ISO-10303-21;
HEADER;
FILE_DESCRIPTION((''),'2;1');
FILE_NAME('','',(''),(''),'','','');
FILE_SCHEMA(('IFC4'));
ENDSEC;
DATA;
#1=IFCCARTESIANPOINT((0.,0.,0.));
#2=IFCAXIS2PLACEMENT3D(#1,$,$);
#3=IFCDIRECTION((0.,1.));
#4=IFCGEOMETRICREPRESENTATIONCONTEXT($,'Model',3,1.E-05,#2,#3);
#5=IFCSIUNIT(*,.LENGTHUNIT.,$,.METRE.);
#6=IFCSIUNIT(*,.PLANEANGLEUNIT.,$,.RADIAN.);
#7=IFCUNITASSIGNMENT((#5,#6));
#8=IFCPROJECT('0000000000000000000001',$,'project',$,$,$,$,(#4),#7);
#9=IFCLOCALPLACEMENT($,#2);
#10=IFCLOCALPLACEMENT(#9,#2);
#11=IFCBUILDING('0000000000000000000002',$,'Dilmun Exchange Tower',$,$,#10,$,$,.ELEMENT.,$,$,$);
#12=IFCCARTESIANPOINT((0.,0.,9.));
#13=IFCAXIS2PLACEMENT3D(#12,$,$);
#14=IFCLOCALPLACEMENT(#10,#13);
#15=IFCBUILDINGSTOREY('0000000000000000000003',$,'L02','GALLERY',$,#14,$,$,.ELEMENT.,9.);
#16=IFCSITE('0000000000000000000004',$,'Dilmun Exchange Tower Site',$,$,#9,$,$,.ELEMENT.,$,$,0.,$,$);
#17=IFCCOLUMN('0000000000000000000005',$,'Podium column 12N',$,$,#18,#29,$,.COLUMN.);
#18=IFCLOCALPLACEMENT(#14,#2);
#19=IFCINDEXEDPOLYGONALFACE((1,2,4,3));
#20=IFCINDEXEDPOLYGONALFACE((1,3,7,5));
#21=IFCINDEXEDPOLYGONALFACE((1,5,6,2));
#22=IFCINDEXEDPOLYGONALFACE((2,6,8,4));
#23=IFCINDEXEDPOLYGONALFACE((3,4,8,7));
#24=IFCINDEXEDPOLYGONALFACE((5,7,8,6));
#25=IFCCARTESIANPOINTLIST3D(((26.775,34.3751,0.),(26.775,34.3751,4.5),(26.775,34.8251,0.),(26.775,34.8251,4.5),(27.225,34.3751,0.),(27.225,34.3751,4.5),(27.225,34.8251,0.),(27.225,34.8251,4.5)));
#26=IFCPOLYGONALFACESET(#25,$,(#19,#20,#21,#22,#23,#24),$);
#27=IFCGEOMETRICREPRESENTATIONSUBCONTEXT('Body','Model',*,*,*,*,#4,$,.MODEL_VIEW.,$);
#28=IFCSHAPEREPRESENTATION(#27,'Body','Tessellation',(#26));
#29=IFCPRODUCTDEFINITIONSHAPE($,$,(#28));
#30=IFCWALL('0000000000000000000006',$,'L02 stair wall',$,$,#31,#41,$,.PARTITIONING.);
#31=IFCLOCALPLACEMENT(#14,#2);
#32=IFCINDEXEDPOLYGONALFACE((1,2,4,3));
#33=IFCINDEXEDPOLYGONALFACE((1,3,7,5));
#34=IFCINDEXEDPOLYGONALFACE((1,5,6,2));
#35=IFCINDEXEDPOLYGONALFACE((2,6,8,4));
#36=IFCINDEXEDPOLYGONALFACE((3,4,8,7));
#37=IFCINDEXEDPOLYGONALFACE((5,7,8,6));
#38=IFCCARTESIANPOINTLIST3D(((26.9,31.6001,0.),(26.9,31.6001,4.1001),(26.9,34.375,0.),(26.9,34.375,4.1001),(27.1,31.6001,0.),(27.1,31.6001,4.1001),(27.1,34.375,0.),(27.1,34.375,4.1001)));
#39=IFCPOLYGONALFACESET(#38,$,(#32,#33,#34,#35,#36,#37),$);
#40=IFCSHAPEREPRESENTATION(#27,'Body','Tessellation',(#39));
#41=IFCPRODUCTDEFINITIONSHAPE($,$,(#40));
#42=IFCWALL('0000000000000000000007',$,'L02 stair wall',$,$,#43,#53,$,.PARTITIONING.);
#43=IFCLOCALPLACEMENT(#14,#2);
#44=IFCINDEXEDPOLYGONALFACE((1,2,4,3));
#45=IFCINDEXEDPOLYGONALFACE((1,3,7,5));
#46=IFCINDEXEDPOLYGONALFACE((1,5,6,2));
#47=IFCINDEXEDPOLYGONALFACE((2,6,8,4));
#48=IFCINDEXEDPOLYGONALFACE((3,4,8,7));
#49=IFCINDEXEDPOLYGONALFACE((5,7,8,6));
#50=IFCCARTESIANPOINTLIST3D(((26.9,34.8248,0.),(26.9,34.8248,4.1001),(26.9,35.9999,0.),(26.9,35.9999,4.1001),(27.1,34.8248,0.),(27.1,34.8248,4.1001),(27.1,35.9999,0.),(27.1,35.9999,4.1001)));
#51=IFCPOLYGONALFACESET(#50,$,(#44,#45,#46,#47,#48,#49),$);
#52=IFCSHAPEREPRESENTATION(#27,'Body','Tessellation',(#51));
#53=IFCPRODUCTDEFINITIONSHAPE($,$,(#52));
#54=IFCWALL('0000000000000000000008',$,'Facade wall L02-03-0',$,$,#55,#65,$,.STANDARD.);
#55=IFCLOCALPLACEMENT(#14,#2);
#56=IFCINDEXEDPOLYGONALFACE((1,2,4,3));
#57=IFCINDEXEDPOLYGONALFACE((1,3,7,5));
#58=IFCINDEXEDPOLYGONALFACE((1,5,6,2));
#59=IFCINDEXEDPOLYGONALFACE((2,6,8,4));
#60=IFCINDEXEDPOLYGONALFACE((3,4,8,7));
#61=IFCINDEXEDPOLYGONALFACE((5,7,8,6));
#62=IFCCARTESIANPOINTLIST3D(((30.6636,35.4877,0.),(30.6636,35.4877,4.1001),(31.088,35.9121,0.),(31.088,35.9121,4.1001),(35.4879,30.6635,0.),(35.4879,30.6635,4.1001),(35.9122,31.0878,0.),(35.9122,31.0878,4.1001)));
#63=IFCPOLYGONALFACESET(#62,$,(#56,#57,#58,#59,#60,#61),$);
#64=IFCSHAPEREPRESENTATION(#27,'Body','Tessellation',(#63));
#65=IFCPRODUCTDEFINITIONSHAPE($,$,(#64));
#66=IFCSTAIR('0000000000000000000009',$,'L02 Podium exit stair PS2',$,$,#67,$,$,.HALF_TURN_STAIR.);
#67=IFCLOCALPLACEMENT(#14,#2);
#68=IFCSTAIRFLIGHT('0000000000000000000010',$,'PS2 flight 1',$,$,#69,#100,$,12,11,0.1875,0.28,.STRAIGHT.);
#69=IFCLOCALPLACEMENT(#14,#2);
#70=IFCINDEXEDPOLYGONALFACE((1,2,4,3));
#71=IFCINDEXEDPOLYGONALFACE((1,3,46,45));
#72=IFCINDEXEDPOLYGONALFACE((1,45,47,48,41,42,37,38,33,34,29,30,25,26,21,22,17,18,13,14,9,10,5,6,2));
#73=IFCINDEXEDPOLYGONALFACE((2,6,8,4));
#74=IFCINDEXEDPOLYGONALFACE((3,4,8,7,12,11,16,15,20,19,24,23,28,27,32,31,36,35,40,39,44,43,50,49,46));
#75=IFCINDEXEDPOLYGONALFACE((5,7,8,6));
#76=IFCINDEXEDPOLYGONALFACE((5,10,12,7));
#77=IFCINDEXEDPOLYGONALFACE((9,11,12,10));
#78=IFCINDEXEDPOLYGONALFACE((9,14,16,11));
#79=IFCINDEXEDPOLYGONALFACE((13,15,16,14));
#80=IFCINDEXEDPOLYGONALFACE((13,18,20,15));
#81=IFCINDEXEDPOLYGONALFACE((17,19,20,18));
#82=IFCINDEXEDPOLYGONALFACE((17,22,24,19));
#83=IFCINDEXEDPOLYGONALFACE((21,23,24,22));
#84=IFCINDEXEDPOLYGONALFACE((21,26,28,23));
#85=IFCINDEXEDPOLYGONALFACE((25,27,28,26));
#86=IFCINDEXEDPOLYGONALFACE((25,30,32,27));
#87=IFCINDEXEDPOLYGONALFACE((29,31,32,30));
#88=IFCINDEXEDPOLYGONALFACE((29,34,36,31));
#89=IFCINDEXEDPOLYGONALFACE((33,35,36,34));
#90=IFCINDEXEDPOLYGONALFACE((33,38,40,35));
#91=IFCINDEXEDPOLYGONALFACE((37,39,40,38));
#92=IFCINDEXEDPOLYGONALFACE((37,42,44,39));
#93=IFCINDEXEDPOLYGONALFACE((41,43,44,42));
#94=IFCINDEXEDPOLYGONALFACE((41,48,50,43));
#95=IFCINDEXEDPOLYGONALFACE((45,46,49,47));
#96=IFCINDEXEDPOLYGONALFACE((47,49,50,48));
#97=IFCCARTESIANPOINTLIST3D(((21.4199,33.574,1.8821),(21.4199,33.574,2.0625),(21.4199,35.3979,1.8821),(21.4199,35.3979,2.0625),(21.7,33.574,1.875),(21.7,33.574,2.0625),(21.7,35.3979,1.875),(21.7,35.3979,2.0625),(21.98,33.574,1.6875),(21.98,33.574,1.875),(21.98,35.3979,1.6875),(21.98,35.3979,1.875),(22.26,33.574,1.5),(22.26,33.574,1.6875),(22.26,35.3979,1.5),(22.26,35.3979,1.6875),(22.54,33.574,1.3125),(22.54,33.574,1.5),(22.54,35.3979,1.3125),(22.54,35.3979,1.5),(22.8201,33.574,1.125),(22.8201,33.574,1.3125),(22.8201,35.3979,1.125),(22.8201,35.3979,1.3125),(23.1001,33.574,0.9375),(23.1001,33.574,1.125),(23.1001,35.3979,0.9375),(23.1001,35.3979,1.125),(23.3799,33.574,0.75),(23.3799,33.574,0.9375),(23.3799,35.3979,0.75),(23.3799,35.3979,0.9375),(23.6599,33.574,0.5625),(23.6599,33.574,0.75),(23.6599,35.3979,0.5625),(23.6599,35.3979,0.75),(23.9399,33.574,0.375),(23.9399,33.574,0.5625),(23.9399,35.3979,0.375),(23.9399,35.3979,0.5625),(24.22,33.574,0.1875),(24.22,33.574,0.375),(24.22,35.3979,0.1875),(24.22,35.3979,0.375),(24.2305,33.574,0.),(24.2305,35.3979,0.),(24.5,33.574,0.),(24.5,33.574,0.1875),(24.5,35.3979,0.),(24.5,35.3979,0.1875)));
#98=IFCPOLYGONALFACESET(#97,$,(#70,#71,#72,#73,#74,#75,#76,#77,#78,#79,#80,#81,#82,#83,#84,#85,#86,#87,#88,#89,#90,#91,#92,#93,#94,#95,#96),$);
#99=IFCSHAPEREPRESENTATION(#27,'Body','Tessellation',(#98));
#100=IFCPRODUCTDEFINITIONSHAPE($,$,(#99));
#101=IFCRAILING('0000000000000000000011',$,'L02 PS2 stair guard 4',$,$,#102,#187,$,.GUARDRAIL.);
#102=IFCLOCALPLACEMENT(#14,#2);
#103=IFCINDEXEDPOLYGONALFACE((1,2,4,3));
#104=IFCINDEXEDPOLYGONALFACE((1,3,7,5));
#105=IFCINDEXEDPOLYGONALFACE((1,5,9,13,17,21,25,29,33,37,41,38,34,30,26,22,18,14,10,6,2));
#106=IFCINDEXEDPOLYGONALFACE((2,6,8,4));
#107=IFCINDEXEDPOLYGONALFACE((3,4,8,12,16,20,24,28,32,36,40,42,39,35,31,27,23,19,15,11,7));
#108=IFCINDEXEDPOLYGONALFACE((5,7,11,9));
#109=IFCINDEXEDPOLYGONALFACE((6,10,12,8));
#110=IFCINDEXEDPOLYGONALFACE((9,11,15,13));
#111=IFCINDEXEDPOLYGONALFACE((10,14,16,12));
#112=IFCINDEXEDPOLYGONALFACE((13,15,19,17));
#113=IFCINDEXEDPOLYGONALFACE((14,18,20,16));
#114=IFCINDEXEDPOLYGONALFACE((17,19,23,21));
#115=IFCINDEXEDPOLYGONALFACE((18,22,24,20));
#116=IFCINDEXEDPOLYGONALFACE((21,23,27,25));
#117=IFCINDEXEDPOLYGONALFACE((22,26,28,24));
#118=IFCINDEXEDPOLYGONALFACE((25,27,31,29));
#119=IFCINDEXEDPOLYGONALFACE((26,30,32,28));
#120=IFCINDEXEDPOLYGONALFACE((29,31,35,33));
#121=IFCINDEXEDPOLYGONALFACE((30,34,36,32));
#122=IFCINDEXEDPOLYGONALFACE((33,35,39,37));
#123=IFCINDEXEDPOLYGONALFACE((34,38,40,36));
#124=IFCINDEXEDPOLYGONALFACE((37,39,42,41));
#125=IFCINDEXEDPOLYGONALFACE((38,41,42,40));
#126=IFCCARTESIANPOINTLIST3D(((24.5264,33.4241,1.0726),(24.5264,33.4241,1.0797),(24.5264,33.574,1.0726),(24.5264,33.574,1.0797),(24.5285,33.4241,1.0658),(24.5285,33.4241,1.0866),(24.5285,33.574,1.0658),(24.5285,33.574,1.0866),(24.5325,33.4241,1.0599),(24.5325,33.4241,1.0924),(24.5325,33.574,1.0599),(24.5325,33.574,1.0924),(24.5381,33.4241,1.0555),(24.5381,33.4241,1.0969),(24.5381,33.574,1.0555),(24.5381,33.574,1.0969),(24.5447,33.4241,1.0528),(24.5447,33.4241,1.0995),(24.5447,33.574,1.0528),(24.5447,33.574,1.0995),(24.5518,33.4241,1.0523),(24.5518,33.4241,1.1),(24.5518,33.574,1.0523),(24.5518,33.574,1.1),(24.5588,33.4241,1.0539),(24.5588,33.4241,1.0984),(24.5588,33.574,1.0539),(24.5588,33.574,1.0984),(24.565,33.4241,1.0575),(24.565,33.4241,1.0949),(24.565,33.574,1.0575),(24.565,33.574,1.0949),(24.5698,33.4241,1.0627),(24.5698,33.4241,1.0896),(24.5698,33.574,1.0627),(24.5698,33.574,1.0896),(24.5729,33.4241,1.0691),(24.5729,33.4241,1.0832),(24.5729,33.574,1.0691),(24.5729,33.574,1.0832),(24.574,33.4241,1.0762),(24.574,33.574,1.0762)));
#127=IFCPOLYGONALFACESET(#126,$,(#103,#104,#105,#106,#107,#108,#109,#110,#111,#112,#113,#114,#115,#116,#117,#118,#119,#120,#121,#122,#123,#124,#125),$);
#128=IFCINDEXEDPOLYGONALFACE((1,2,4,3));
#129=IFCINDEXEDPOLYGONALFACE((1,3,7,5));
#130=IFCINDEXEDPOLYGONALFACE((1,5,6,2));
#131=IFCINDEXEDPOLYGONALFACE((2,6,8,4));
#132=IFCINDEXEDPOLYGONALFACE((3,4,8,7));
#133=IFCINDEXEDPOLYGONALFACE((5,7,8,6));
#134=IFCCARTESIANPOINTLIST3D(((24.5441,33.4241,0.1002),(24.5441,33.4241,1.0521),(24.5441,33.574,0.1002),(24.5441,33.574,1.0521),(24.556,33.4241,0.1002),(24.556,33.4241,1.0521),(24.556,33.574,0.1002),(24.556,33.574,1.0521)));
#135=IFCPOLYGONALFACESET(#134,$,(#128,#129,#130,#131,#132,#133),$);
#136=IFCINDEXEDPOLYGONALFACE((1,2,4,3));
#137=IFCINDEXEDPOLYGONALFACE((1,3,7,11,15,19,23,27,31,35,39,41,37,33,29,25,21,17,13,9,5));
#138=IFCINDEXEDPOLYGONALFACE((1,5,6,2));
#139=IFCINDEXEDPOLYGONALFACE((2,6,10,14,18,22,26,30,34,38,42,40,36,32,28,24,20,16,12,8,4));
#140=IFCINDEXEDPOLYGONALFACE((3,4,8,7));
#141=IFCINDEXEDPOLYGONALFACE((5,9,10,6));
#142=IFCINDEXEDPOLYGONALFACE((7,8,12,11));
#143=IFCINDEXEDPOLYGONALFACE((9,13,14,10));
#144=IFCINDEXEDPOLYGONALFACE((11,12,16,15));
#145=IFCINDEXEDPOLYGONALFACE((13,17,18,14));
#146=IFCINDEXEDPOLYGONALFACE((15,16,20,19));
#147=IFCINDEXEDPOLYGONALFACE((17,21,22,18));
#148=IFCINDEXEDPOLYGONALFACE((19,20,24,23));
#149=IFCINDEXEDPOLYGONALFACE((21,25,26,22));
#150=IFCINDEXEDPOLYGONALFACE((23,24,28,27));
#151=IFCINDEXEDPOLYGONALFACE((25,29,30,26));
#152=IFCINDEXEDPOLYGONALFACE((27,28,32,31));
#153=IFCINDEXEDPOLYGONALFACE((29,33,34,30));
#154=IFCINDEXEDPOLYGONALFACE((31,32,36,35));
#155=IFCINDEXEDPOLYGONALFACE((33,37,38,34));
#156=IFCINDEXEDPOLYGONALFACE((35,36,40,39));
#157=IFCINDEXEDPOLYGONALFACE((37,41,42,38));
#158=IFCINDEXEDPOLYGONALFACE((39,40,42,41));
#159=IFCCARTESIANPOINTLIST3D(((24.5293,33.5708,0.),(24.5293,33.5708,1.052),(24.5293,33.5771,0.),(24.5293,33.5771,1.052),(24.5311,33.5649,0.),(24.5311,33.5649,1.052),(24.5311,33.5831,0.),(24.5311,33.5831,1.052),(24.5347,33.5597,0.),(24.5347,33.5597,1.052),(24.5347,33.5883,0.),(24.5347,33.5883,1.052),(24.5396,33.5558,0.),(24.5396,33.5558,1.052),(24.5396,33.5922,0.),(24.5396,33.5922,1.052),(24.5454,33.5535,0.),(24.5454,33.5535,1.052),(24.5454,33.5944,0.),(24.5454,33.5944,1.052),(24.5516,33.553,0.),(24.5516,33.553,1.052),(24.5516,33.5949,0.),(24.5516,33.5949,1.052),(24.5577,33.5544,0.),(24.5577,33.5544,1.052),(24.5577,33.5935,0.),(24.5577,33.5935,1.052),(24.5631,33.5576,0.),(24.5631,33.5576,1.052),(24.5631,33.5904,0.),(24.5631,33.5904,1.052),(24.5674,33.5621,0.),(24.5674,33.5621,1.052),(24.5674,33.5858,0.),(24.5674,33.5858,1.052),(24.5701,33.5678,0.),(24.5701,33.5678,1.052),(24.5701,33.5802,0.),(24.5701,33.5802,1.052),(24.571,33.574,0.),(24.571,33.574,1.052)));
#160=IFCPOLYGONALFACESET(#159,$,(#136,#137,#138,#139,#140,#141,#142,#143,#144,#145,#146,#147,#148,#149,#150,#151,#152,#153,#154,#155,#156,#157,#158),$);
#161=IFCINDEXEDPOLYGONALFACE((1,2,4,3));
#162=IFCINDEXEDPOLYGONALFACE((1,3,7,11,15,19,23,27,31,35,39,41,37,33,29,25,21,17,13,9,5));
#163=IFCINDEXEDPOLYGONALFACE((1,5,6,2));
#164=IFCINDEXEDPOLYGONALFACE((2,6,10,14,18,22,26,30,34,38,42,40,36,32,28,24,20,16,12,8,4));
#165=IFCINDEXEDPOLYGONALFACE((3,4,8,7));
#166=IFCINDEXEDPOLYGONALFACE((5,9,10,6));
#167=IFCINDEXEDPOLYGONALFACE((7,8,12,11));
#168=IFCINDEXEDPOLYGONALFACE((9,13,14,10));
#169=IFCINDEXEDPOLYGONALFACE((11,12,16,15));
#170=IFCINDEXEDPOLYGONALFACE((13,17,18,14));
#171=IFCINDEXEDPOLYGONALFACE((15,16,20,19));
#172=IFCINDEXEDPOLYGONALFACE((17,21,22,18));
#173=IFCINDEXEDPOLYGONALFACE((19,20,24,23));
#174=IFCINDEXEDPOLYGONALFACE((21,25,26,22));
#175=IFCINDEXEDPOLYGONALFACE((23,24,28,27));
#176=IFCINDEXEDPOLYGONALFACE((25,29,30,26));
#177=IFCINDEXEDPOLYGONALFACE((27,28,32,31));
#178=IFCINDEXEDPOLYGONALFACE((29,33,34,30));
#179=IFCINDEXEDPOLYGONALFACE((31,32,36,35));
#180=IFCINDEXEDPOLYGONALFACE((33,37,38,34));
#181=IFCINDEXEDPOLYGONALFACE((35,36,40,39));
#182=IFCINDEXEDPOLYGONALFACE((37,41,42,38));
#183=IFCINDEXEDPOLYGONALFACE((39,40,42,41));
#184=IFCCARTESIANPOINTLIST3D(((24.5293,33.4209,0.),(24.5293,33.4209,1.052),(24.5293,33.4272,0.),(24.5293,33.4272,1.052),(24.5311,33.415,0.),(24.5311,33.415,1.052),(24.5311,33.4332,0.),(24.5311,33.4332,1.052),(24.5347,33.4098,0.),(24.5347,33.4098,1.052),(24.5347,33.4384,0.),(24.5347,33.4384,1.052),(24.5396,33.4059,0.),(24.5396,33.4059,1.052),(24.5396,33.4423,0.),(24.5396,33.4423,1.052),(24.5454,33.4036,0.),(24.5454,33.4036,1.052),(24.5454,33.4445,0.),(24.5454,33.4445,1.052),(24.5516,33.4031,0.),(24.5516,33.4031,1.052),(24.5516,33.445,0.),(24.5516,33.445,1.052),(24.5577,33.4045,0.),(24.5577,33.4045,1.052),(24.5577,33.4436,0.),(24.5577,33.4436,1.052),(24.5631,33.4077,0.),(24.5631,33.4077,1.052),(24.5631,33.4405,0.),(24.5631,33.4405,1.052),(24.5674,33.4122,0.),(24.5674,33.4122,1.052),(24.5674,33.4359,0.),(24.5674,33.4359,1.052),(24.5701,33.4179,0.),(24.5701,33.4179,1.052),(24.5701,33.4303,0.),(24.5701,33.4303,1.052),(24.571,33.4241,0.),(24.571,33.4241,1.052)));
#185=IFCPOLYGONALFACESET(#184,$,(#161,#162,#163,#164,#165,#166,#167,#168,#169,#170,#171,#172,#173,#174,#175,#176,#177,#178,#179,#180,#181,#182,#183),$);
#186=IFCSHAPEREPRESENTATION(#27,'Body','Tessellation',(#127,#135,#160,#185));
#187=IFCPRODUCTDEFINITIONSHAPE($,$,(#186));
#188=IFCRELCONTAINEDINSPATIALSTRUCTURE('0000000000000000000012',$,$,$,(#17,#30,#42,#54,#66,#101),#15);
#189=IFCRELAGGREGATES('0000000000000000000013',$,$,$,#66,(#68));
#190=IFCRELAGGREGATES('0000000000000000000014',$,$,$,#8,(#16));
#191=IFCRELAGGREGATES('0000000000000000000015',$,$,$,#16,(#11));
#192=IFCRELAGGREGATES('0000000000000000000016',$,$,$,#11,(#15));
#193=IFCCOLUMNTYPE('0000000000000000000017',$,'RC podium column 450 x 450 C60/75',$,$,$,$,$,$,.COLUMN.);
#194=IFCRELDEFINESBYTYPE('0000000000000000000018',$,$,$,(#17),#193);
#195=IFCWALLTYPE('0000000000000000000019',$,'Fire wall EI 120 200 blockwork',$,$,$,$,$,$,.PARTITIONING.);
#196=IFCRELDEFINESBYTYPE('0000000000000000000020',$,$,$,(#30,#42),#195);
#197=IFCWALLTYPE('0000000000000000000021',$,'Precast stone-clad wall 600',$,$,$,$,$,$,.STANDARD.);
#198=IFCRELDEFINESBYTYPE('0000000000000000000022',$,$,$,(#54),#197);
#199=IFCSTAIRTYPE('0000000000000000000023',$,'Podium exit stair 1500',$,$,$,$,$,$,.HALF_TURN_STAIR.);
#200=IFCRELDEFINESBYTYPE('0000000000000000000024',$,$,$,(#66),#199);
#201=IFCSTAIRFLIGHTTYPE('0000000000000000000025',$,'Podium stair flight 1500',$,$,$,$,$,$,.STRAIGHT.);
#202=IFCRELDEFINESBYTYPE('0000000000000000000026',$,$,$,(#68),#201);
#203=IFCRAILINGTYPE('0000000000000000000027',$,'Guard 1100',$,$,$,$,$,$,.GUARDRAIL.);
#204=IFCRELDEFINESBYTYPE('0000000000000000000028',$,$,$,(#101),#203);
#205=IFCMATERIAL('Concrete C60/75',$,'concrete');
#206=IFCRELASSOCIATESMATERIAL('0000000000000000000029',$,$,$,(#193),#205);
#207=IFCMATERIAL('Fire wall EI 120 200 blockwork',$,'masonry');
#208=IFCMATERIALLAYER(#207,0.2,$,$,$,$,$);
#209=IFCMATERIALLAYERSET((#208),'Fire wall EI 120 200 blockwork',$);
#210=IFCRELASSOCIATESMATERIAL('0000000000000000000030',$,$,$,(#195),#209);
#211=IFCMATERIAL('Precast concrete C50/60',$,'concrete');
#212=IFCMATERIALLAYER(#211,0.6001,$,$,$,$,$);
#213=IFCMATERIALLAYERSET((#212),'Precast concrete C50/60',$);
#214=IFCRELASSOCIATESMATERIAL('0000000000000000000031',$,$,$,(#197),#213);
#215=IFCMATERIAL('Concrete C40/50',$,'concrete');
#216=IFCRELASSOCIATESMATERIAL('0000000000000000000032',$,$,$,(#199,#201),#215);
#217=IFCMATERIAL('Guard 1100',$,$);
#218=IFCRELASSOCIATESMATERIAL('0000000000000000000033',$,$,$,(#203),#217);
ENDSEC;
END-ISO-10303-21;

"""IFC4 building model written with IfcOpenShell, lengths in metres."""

from ifc_helpers import new_model, si_unit, direction, frame, frame_2d, origin, origin_2d, place, context, subcontext, project, spatial, polyline, rectangle, circle, outline, extrude, material, layer, layer_set, material_profile, profile_set, type_object, element, aggregate, save


model = new_model("IFC4")

# Units and contexts
model_context = context("Model", 3, precision=1e-05, world=origin(), true_north=direction((0.0, 1.0)))
body_context = subcontext(model_context, "Body", "Model", "MODEL_VIEW")
ifc_project = project(units=[si_unit("LENGTHUNIT", "METRE"), si_unit("PLANEANGLEUNIT", "RADIAN")], contexts=[model_context])

# Site, building, storey
site_placement = place(None, origin())
site = spatial("IfcSite", under=ifc_project, at=site_placement, Name="Dilmun Exchange Tower Site", CompositionType="ELEMENT", RefElevation=0.0)
building_placement = place(site_placement, origin())
building = spatial("IfcBuilding", under=site, at=building_placement, Name="Dilmun Exchange Tower", CompositionType="ELEMENT")
storey_placement = place(building_placement, frame((0.0, 0.0, 9.0)))
storey = spatial("IfcBuildingStorey", under=building, at=storey_placement, Name="L02", Description="GALLERY", CompositionType="ELEMENT", Elevation=9.0)

# Column
ifc_material_1 = material(Name="Concrete C60/75", Category="concrete")
ifc_material_profile = material_profile(ifc_material_1, rectangle(XDim=0.45, YDim=0.45, at=origin_2d()), Name="450 x 450")
ifc_profile_set = profile_set([ifc_material_profile], Name="Concrete C60/75")
column_type = type_object("IfcColumnType", Name="RC podium column 450 x 450 C60/75", PredefinedType="COLUMN", material=ifc_profile_set)
column_placement = place(storey_placement, frame((27.0, 34.6001, 0.0), z_axis=(0.0, 0.0, 1.0), x_axis=(1.0, 0.0, 0.0)))
element("IfcColumn", 1, at=column_placement, inside=storey, type_object=column_type, Name="Podium column 12N", PredefinedType="COLUMN", context=body_context, shape_type="SweptSolid", body=[
    extrude(rectangle(XDim=0.45, YDim=0.45, at=origin_2d()), origin(), (0.0, 0.0, 1.0), 4.5),
])

# Walls
ifc_material_2 = material(Name="Fire wall EI 120 200 blockwork", Category="masonry")
ifc_layer_1 = layer(ifc_material_2, 0.2)
ifc_layer_set_1 = layer_set([ifc_layer_1], Name="Fire wall EI 120 200 blockwork")
wall_type_1 = type_object("IfcWallType", Name="Fire wall EI 120 200 blockwork", PredefinedType="PARTITIONING", material=ifc_layer_set_1)
wall_1_placement = place(storey_placement, frame((27.0, 31.6001, 0.0), z_axis=(0.0, 0.0, 1.0), x_axis=(0.0, 1.0, 0.0)))
element("IfcWall", 2, at=wall_1_placement, inside=storey, type_object=wall_type_1, Name="L02 stair wall", PredefinedType="PARTITIONING", context=body_context, shape_type="SweptSolid", body=[
    extrude(rectangle(XDim=2.7749, YDim=0.2, at=frame_2d((1.3875, 0.0))), origin(), (0.0, 0.0, 1.0), 4.1001),
])
wall_2_placement = place(storey_placement, frame((27.0, 34.825, 0.0), z_axis=(0.0, 0.0, 1.0), x_axis=(0.0, 1.0, 0.0)))
element("IfcWall", 3, at=wall_2_placement, inside=storey, type_object=wall_type_1, Name="L02 stair wall", PredefinedType="PARTITIONING", context=body_context, shape_type="SweptSolid", body=[
    extrude(rectangle(XDim=1.175, YDim=0.2, at=frame_2d((0.5874, 0.0))), origin(), (0.0, 0.0, 1.0), 4.1001),
])
ifc_material_3 = material(Name="Precast concrete C50/60", Category="concrete")
ifc_layer_2 = layer(ifc_material_3, 0.6001)
ifc_layer_set_2 = layer_set([ifc_layer_2], Name="Precast concrete C50/60")
wall_type_2 = type_object("IfcWallType", Name="Precast stone-clad wall 600", PredefinedType="STANDARD", material=ifc_layer_set_2)
wall_3_placement = place(storey_placement, frame((35.7, 30.8757, 0.0), z_axis=(0.0, 0.0, 1.0), x_axis=(-0.707107, 0.707107, 0.0)))
element("IfcWall", 4, at=wall_3_placement, inside=storey, type_object=wall_type_2, Name="Facade wall L02-03-0", PredefinedType="STANDARD", context=body_context, shape_type="SweptSolid", body=[
    extrude(rectangle(XDim=6.8225, YDim=0.6001, at=frame_2d((3.4111, 0.0))), origin(), (0.0, 0.0, 1.0), 4.1001),
])

# Stair, stair flight
ifc_material_4 = material(Name="Concrete C40/50", Category="concrete")
stair_type = type_object("IfcStairType", Name="Podium exit stair 1500", PredefinedType="HALF_TURN_STAIR", material=ifc_material_4)
stair_placement = place(storey_placement, origin())
stair = element("IfcStair", 5, at=stair_placement, inside=storey, type_object=stair_type, Name="L02 Podium exit stair PS2", PredefinedType="HALF_TURN_STAIR")
stair_flight_type = type_object("IfcStairFlightType", Name="Podium stair flight 1500", PredefinedType="STRAIGHT", material=ifc_material_4)
stair_flight_placement = place(storey_placement, frame((24.5, 34.4861, 0.0), z_axis=(0.0, 0.0, 1.0), x_axis=(-1.0, 0.0, 0.0)))
stair_flight = element("IfcStairFlight", 6, at=stair_flight_placement, type_object=stair_flight_type, Name="PS2 flight 1", NumberOfRisers=12, NumberOfTreads=11, PredefinedType="STRAIGHT", RiserHeight=0.1875, TreadLength=0.28, context=body_context, shape_type="SweptSolid", body=[
    extrude(outline(polyline([(0.0, 0.0), (0.0, 0.1875), (0.28, 0.1875), (0.28, 0.375), (0.5601, 0.375), (0.5601, 0.5625), (0.8401, 0.5625), (0.8401, 0.75), (1.1201, 0.75), (1.1201, 0.9375), (1.3999, 0.9375), (1.3999, 1.125), (1.6799, 1.125), (1.6799, 1.3125), (1.96, 1.3125), (1.96, 1.5), (2.24, 1.5), (2.24, 1.6875), (2.52, 1.6875), (2.52, 1.875), (2.8, 1.875), (2.8, 2.0625), (3.0801, 2.0625), (3.0801, 2.25), (3.0801, 1.8821), (0.2695, 0.0), (0.0, 0.0)])), frame((0.0, 0.9121, 0.0), z_axis=(0.0, -1.0, 0.0), x_axis=(1.0, 0.0, 0.0)), (0.0, 0.0, 1.0), 1.824),
])
aggregate(stair, [stair_flight])

# Railing
ifc_material_5 = material(Name="Guard 1100")
railing_type_1 = type_object("IfcRailingType", Name="Guard 1100", PredefinedType="GUARDRAIL", material=ifc_material_5)
railing_1_placement = place(storey_placement, frame((24.55, 33.574, 0.0)))
element("IfcRailing", 7, at=railing_1_placement, inside=storey, type_object=railing_type_1, Name="L02 PS2 stair guard 4", PredefinedType="GUARDRAIL", context=body_context, shape_type="SweptSolid", body=[
    extrude(circle(Radius=0.0239, at=origin_2d()), frame((0.0, 0.0, 1.0762), z_axis=(0.0, -1.0, 0.0), x_axis=(1.0, 0.0, 0.0)), (0.0, 0.0, 1.0), 0.1499),
    extrude(rectangle(XDim=0.012, YDim=0.9519, at=origin_2d()), frame((0.0, 0.0, 0.5762), z_axis=(0.0, -1.0, 0.0), x_axis=(1.0, 0.0, 0.0)), (0.0, 0.0, 1.0), 0.1499),
    extrude(circle(Radius=0.021, at=origin_2d()), origin(), (0.0, 0.0, 1.0), 1.052),
    extrude(circle(Radius=0.021, at=origin_2d()), frame((0.0, -0.1499, 0.0)), (0.0, 0.0, 1.0), 1.052),
])

save(model, "model.ifc")
